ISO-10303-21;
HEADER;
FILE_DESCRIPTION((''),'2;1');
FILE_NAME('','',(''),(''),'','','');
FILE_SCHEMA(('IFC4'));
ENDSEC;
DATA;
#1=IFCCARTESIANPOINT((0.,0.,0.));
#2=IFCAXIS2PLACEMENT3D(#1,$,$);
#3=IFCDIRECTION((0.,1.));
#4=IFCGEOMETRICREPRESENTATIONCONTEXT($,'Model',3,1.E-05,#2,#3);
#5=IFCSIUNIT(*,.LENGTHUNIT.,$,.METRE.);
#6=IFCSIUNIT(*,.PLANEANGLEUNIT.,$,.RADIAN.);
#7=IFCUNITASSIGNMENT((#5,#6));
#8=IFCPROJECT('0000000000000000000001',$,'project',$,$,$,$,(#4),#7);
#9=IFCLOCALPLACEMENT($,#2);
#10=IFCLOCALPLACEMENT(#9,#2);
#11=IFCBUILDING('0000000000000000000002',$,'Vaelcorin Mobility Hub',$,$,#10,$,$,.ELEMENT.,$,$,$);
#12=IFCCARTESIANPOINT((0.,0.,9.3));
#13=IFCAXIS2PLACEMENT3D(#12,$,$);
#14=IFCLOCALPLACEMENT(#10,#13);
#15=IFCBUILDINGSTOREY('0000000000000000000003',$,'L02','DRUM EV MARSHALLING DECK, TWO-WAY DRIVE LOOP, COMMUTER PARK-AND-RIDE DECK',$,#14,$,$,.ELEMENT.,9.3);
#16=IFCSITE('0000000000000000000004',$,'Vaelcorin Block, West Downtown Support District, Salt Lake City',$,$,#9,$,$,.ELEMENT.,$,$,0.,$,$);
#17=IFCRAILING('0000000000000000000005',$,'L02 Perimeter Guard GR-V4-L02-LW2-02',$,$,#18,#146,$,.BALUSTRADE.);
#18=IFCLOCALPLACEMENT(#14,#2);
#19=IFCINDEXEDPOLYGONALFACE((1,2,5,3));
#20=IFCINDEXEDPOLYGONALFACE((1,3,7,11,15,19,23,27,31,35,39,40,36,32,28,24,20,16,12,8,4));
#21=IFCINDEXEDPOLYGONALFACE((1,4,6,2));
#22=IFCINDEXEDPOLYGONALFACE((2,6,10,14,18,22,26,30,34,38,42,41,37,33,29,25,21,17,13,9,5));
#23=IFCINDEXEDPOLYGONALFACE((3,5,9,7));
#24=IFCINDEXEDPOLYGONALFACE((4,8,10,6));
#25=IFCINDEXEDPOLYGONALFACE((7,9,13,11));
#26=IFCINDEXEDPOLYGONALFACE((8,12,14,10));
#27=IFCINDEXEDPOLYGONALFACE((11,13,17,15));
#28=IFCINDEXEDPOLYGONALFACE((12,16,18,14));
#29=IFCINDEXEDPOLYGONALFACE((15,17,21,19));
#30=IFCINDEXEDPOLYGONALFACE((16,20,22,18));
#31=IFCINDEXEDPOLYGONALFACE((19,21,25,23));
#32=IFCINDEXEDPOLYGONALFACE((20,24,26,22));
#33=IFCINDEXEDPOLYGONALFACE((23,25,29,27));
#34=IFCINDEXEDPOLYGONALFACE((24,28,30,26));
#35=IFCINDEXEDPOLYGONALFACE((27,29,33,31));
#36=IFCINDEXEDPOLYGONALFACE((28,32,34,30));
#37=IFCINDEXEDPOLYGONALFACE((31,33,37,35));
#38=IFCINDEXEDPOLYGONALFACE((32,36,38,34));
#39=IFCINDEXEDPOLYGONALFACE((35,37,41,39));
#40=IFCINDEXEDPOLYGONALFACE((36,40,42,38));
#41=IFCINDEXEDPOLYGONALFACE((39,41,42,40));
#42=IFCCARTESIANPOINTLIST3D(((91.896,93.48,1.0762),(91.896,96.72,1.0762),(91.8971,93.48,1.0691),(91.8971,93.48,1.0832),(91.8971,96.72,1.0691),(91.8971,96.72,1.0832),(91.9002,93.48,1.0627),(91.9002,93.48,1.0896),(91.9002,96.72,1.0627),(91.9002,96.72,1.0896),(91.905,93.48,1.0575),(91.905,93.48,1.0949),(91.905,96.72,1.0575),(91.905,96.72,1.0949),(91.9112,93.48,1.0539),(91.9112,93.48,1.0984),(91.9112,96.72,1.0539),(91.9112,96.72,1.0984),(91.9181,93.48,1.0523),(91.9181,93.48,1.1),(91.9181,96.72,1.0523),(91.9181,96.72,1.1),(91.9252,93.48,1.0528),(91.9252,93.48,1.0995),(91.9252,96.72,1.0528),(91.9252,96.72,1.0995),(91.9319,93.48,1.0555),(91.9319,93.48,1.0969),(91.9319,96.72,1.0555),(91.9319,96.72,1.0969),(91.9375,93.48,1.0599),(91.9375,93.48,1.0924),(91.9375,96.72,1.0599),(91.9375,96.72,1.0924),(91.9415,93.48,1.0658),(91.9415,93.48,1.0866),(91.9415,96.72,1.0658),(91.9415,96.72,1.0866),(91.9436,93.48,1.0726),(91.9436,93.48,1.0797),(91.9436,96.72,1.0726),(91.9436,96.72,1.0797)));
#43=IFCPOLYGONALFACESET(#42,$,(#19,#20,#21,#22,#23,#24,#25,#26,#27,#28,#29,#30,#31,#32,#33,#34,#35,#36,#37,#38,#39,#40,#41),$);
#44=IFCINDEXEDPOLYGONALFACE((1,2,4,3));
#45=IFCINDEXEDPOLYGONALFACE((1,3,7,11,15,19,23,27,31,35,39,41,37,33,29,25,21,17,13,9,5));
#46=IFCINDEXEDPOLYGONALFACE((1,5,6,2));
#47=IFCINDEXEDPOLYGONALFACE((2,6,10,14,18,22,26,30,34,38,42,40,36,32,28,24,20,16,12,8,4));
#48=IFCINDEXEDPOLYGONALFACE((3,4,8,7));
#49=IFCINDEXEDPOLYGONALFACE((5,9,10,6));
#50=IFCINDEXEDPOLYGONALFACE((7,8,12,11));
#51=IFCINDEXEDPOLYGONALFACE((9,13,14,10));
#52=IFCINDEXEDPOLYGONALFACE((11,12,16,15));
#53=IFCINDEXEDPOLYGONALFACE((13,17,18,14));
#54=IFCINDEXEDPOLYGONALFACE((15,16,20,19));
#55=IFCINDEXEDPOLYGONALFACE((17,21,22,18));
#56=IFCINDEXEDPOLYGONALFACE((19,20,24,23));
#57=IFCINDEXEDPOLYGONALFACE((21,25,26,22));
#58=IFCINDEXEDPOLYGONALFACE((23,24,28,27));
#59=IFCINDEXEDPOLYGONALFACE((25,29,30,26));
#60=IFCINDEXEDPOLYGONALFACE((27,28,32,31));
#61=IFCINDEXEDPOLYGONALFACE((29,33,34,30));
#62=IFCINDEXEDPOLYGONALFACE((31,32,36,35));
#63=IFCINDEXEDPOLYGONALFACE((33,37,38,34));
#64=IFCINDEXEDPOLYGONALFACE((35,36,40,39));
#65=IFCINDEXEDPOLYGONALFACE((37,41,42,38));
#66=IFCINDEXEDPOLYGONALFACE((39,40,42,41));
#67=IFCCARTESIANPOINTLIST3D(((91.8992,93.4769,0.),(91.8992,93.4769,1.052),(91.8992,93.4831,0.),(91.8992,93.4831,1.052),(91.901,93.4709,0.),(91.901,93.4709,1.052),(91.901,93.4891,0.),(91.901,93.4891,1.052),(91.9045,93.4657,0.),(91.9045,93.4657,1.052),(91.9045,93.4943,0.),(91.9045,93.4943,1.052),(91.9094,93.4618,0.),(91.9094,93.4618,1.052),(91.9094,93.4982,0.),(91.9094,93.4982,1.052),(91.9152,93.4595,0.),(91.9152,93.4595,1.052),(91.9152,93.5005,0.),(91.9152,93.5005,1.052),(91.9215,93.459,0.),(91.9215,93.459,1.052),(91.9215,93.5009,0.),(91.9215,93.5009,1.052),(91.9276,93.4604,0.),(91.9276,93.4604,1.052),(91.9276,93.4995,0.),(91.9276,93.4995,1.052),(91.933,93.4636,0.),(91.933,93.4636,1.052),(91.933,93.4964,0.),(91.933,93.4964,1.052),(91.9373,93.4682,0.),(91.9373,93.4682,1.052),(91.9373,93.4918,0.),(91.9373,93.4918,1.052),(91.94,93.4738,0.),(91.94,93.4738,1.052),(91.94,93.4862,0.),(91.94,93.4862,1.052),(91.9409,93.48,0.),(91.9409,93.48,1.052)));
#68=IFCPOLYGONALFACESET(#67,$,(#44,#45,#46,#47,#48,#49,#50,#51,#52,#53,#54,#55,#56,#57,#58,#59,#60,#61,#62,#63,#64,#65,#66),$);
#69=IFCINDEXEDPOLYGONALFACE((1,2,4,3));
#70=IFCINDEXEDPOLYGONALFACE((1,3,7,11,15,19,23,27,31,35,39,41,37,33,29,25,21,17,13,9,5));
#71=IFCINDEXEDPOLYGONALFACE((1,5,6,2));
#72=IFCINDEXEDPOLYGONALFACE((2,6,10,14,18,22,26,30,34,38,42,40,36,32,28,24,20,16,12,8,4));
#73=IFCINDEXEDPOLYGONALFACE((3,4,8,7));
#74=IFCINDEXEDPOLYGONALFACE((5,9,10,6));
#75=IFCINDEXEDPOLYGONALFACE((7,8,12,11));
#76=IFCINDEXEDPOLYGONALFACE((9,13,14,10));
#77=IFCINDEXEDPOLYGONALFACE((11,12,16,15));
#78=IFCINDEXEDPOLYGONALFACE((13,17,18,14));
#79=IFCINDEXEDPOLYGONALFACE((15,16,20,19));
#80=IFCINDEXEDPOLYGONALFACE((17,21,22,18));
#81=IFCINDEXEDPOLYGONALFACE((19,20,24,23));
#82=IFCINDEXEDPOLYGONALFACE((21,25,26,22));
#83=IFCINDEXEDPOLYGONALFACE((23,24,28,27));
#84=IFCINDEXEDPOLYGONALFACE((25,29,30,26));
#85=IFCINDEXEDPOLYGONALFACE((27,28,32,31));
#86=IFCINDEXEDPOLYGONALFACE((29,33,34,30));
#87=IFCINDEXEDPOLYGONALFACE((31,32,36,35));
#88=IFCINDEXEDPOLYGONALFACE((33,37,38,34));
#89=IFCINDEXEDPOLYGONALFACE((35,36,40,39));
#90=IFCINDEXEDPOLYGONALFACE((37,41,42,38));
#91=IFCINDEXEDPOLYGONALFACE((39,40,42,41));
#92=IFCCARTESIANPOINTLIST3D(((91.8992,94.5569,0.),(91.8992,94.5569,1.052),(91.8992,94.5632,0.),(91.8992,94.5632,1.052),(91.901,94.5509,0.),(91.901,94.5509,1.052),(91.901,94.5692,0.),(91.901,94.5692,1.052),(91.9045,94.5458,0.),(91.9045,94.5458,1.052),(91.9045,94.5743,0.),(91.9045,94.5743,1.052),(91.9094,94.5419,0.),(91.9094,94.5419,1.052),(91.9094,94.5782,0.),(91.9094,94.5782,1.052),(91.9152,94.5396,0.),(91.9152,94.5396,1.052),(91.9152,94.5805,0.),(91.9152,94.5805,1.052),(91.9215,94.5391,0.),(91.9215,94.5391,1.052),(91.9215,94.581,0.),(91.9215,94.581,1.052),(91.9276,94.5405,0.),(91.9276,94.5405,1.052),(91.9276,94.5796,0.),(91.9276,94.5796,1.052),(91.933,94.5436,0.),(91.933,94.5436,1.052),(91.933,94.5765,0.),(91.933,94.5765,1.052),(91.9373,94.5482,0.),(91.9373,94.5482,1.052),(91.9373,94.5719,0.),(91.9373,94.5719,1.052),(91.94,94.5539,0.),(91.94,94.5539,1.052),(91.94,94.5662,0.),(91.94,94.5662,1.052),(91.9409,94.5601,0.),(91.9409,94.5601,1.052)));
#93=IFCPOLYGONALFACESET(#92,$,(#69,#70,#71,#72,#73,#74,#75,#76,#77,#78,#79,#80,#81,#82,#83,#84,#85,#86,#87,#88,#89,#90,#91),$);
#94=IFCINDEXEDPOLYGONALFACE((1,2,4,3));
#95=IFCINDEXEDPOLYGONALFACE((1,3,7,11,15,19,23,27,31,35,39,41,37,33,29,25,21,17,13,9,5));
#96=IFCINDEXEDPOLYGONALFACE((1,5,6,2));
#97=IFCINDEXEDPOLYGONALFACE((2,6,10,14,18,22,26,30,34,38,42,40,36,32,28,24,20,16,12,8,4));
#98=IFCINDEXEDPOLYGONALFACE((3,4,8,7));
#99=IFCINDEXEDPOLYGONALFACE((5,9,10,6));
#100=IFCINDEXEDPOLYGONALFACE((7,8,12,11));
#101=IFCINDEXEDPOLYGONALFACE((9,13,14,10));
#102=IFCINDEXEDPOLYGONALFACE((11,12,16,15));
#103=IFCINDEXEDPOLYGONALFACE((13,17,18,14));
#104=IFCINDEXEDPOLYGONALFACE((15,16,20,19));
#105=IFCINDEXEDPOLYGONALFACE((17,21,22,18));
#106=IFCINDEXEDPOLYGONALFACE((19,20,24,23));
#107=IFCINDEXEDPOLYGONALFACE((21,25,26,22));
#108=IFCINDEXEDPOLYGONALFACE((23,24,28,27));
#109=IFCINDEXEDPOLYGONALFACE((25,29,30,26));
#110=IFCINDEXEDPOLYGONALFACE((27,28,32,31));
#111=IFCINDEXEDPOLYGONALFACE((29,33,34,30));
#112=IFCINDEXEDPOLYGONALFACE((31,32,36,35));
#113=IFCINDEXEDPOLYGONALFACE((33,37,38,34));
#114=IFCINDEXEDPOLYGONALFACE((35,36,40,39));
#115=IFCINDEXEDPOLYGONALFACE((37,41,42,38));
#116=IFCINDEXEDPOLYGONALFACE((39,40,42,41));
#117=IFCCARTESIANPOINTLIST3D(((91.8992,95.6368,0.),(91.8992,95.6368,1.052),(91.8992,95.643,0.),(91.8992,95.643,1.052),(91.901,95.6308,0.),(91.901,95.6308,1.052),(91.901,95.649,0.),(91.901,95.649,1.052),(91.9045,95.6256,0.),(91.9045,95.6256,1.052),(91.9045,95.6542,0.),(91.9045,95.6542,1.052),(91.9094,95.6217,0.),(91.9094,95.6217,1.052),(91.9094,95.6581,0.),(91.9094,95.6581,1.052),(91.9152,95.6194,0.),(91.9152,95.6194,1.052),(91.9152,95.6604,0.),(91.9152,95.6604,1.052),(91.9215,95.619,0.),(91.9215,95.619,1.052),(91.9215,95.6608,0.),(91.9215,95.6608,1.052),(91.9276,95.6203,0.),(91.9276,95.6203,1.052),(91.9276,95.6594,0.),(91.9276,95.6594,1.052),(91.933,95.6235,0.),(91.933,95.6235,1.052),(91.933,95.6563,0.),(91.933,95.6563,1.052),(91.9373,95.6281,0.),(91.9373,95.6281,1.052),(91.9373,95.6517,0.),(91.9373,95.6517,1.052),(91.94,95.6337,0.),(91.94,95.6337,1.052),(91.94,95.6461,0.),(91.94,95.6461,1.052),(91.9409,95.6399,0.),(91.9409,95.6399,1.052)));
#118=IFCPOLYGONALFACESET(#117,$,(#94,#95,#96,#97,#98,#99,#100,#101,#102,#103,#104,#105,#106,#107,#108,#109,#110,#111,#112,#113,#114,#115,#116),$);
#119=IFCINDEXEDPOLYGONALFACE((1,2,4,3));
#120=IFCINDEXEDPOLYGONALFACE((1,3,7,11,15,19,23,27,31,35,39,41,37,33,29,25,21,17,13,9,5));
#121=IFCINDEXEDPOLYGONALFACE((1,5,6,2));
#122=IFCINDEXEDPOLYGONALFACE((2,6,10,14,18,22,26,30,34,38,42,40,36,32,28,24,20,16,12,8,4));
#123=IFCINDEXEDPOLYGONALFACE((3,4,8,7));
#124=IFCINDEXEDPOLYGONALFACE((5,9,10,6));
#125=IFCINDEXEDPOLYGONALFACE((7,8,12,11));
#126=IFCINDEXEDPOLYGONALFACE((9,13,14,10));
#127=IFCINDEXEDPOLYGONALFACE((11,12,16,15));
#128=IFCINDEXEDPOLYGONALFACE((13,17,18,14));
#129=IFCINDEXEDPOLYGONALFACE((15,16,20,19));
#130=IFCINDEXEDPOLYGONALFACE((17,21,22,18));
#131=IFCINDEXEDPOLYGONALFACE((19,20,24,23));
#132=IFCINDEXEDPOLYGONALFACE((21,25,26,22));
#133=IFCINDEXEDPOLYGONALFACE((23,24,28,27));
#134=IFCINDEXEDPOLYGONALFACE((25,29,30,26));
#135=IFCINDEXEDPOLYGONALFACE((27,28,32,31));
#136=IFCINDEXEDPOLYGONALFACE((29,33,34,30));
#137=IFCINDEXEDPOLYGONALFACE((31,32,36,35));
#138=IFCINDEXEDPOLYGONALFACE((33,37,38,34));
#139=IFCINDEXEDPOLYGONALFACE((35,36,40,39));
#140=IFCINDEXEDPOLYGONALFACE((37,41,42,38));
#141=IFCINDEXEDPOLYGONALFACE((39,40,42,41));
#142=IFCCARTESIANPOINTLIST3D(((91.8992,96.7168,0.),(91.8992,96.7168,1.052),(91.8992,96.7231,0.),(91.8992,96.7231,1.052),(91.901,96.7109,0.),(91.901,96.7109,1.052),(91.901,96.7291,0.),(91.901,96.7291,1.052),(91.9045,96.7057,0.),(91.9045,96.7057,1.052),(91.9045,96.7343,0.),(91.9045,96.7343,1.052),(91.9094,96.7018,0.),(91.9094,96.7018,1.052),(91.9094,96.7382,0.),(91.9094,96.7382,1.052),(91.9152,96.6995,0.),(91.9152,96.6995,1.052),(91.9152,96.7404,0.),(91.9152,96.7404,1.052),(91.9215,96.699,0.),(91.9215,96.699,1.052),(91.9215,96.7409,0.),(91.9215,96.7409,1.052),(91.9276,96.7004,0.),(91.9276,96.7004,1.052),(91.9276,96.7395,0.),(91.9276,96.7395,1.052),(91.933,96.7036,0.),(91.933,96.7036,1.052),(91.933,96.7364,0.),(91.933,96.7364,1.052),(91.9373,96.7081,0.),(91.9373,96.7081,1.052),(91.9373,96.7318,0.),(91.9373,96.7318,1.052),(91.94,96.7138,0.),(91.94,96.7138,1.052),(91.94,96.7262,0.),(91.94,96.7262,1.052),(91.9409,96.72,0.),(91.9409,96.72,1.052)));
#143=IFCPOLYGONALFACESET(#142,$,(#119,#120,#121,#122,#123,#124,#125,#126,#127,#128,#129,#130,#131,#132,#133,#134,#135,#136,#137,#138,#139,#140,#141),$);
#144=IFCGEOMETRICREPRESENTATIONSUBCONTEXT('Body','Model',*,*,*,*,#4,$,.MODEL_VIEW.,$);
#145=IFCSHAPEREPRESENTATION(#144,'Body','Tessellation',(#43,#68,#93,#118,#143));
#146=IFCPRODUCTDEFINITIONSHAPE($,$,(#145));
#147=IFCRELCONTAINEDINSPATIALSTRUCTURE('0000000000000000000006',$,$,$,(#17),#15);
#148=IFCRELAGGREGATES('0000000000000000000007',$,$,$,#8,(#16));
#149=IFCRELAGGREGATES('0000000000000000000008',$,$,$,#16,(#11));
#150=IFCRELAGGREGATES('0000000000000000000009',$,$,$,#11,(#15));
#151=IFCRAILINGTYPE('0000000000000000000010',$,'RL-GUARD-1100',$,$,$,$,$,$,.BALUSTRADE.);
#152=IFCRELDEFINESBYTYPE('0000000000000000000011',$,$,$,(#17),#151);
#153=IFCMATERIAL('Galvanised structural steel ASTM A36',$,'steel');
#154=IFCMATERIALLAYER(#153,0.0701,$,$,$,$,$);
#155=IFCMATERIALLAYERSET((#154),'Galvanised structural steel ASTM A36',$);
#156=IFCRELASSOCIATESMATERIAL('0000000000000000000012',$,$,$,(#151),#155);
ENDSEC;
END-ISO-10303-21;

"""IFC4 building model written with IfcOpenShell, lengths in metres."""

from ifc_helpers import new_model, si_unit, direction, frame, origin, origin_2d, place, context, subcontext, project, spatial, circle, extrude, material, layer, layer_set, type_object, element, save


model = new_model("IFC4")

# Units and contexts
model_context = context("Model", 3, precision=1e-05, world=origin(), true_north=direction((0.0, 1.0)))
body_context = subcontext(model_context, "Body", "Model", "MODEL_VIEW")
ifc_project = project(units=[si_unit("LENGTHUNIT", "METRE"), si_unit("PLANEANGLEUNIT", "RADIAN")], contexts=[model_context])

# Site, building, storey
site_placement = place(None, origin())
site = spatial("IfcSite", under=ifc_project, at=site_placement, Name="Vaelcorin Block, West Downtown Support District, Salt Lake City", CompositionType="ELEMENT", RefElevation=0.0)
building_placement = place(site_placement, origin())
building = spatial("IfcBuilding", under=site, at=building_placement, Name="Vaelcorin Mobility Hub", CompositionType="ELEMENT")
storey_placement = place(building_placement, frame((0.0, 0.0, 9.3)))
storey = spatial("IfcBuildingStorey", under=building, at=storey_placement, Name="L02", Description="DRUM EV MARSHALLING DECK, TWO-WAY DRIVE LOOP, COMMUTER PARK-AND-RIDE DECK", CompositionType="ELEMENT", Elevation=9.3)

# Railing
ifc_material_1 = material(Name="Galvanised structural steel ASTM A36", Category="steel")
ifc_layer_1 = layer(ifc_material_1, 0.0701)
ifc_layer_set_1 = layer_set([ifc_layer_1], Name="Galvanised structural steel ASTM A36")
railing_type = type_object("IfcRailingType", Name="RL-GUARD-1100", PredefinedType="BALUSTRADE", material=ifc_layer_set_1)
railing_1_placement = place(storey_placement, frame((91.9199, 93.48, 0.0)))
element("IfcRailing", 1, at=railing_1_placement, inside=storey, type_object=railing_type, Name="L02 Perimeter Guard GR-V4-L02-LW2-02", PredefinedType="BALUSTRADE", context=body_context, shape_type="SweptSolid", body=[
    extrude(circle(Radius=0.0239, at=origin_2d()), frame((0.0, 0.0, 1.0762), z_axis=(0.0, 1.0, 0.0), x_axis=(-1.0, 0.0, 0.0)), (0.0, 0.0, 1.0), 3.24),
    extrude(circle(Radius=0.021, at=origin_2d()), origin(), (0.0, 0.0, 1.0), 1.052),
    extrude(circle(Radius=0.021, at=origin_2d()), frame((0.0, 1.0801, 0.0)), (0.0, 0.0, 1.0), 1.052),
    extrude(circle(Radius=0.021, at=origin_2d()), frame((0.0, 2.1599, 0.0)), (0.0, 0.0, 1.0), 1.052),
    extrude(circle(Radius=0.021, at=origin_2d()), frame((0.0, 3.24, 0.0)), (0.0, 0.0, 1.0), 1.052),
])

save(model, "model.ifc")
